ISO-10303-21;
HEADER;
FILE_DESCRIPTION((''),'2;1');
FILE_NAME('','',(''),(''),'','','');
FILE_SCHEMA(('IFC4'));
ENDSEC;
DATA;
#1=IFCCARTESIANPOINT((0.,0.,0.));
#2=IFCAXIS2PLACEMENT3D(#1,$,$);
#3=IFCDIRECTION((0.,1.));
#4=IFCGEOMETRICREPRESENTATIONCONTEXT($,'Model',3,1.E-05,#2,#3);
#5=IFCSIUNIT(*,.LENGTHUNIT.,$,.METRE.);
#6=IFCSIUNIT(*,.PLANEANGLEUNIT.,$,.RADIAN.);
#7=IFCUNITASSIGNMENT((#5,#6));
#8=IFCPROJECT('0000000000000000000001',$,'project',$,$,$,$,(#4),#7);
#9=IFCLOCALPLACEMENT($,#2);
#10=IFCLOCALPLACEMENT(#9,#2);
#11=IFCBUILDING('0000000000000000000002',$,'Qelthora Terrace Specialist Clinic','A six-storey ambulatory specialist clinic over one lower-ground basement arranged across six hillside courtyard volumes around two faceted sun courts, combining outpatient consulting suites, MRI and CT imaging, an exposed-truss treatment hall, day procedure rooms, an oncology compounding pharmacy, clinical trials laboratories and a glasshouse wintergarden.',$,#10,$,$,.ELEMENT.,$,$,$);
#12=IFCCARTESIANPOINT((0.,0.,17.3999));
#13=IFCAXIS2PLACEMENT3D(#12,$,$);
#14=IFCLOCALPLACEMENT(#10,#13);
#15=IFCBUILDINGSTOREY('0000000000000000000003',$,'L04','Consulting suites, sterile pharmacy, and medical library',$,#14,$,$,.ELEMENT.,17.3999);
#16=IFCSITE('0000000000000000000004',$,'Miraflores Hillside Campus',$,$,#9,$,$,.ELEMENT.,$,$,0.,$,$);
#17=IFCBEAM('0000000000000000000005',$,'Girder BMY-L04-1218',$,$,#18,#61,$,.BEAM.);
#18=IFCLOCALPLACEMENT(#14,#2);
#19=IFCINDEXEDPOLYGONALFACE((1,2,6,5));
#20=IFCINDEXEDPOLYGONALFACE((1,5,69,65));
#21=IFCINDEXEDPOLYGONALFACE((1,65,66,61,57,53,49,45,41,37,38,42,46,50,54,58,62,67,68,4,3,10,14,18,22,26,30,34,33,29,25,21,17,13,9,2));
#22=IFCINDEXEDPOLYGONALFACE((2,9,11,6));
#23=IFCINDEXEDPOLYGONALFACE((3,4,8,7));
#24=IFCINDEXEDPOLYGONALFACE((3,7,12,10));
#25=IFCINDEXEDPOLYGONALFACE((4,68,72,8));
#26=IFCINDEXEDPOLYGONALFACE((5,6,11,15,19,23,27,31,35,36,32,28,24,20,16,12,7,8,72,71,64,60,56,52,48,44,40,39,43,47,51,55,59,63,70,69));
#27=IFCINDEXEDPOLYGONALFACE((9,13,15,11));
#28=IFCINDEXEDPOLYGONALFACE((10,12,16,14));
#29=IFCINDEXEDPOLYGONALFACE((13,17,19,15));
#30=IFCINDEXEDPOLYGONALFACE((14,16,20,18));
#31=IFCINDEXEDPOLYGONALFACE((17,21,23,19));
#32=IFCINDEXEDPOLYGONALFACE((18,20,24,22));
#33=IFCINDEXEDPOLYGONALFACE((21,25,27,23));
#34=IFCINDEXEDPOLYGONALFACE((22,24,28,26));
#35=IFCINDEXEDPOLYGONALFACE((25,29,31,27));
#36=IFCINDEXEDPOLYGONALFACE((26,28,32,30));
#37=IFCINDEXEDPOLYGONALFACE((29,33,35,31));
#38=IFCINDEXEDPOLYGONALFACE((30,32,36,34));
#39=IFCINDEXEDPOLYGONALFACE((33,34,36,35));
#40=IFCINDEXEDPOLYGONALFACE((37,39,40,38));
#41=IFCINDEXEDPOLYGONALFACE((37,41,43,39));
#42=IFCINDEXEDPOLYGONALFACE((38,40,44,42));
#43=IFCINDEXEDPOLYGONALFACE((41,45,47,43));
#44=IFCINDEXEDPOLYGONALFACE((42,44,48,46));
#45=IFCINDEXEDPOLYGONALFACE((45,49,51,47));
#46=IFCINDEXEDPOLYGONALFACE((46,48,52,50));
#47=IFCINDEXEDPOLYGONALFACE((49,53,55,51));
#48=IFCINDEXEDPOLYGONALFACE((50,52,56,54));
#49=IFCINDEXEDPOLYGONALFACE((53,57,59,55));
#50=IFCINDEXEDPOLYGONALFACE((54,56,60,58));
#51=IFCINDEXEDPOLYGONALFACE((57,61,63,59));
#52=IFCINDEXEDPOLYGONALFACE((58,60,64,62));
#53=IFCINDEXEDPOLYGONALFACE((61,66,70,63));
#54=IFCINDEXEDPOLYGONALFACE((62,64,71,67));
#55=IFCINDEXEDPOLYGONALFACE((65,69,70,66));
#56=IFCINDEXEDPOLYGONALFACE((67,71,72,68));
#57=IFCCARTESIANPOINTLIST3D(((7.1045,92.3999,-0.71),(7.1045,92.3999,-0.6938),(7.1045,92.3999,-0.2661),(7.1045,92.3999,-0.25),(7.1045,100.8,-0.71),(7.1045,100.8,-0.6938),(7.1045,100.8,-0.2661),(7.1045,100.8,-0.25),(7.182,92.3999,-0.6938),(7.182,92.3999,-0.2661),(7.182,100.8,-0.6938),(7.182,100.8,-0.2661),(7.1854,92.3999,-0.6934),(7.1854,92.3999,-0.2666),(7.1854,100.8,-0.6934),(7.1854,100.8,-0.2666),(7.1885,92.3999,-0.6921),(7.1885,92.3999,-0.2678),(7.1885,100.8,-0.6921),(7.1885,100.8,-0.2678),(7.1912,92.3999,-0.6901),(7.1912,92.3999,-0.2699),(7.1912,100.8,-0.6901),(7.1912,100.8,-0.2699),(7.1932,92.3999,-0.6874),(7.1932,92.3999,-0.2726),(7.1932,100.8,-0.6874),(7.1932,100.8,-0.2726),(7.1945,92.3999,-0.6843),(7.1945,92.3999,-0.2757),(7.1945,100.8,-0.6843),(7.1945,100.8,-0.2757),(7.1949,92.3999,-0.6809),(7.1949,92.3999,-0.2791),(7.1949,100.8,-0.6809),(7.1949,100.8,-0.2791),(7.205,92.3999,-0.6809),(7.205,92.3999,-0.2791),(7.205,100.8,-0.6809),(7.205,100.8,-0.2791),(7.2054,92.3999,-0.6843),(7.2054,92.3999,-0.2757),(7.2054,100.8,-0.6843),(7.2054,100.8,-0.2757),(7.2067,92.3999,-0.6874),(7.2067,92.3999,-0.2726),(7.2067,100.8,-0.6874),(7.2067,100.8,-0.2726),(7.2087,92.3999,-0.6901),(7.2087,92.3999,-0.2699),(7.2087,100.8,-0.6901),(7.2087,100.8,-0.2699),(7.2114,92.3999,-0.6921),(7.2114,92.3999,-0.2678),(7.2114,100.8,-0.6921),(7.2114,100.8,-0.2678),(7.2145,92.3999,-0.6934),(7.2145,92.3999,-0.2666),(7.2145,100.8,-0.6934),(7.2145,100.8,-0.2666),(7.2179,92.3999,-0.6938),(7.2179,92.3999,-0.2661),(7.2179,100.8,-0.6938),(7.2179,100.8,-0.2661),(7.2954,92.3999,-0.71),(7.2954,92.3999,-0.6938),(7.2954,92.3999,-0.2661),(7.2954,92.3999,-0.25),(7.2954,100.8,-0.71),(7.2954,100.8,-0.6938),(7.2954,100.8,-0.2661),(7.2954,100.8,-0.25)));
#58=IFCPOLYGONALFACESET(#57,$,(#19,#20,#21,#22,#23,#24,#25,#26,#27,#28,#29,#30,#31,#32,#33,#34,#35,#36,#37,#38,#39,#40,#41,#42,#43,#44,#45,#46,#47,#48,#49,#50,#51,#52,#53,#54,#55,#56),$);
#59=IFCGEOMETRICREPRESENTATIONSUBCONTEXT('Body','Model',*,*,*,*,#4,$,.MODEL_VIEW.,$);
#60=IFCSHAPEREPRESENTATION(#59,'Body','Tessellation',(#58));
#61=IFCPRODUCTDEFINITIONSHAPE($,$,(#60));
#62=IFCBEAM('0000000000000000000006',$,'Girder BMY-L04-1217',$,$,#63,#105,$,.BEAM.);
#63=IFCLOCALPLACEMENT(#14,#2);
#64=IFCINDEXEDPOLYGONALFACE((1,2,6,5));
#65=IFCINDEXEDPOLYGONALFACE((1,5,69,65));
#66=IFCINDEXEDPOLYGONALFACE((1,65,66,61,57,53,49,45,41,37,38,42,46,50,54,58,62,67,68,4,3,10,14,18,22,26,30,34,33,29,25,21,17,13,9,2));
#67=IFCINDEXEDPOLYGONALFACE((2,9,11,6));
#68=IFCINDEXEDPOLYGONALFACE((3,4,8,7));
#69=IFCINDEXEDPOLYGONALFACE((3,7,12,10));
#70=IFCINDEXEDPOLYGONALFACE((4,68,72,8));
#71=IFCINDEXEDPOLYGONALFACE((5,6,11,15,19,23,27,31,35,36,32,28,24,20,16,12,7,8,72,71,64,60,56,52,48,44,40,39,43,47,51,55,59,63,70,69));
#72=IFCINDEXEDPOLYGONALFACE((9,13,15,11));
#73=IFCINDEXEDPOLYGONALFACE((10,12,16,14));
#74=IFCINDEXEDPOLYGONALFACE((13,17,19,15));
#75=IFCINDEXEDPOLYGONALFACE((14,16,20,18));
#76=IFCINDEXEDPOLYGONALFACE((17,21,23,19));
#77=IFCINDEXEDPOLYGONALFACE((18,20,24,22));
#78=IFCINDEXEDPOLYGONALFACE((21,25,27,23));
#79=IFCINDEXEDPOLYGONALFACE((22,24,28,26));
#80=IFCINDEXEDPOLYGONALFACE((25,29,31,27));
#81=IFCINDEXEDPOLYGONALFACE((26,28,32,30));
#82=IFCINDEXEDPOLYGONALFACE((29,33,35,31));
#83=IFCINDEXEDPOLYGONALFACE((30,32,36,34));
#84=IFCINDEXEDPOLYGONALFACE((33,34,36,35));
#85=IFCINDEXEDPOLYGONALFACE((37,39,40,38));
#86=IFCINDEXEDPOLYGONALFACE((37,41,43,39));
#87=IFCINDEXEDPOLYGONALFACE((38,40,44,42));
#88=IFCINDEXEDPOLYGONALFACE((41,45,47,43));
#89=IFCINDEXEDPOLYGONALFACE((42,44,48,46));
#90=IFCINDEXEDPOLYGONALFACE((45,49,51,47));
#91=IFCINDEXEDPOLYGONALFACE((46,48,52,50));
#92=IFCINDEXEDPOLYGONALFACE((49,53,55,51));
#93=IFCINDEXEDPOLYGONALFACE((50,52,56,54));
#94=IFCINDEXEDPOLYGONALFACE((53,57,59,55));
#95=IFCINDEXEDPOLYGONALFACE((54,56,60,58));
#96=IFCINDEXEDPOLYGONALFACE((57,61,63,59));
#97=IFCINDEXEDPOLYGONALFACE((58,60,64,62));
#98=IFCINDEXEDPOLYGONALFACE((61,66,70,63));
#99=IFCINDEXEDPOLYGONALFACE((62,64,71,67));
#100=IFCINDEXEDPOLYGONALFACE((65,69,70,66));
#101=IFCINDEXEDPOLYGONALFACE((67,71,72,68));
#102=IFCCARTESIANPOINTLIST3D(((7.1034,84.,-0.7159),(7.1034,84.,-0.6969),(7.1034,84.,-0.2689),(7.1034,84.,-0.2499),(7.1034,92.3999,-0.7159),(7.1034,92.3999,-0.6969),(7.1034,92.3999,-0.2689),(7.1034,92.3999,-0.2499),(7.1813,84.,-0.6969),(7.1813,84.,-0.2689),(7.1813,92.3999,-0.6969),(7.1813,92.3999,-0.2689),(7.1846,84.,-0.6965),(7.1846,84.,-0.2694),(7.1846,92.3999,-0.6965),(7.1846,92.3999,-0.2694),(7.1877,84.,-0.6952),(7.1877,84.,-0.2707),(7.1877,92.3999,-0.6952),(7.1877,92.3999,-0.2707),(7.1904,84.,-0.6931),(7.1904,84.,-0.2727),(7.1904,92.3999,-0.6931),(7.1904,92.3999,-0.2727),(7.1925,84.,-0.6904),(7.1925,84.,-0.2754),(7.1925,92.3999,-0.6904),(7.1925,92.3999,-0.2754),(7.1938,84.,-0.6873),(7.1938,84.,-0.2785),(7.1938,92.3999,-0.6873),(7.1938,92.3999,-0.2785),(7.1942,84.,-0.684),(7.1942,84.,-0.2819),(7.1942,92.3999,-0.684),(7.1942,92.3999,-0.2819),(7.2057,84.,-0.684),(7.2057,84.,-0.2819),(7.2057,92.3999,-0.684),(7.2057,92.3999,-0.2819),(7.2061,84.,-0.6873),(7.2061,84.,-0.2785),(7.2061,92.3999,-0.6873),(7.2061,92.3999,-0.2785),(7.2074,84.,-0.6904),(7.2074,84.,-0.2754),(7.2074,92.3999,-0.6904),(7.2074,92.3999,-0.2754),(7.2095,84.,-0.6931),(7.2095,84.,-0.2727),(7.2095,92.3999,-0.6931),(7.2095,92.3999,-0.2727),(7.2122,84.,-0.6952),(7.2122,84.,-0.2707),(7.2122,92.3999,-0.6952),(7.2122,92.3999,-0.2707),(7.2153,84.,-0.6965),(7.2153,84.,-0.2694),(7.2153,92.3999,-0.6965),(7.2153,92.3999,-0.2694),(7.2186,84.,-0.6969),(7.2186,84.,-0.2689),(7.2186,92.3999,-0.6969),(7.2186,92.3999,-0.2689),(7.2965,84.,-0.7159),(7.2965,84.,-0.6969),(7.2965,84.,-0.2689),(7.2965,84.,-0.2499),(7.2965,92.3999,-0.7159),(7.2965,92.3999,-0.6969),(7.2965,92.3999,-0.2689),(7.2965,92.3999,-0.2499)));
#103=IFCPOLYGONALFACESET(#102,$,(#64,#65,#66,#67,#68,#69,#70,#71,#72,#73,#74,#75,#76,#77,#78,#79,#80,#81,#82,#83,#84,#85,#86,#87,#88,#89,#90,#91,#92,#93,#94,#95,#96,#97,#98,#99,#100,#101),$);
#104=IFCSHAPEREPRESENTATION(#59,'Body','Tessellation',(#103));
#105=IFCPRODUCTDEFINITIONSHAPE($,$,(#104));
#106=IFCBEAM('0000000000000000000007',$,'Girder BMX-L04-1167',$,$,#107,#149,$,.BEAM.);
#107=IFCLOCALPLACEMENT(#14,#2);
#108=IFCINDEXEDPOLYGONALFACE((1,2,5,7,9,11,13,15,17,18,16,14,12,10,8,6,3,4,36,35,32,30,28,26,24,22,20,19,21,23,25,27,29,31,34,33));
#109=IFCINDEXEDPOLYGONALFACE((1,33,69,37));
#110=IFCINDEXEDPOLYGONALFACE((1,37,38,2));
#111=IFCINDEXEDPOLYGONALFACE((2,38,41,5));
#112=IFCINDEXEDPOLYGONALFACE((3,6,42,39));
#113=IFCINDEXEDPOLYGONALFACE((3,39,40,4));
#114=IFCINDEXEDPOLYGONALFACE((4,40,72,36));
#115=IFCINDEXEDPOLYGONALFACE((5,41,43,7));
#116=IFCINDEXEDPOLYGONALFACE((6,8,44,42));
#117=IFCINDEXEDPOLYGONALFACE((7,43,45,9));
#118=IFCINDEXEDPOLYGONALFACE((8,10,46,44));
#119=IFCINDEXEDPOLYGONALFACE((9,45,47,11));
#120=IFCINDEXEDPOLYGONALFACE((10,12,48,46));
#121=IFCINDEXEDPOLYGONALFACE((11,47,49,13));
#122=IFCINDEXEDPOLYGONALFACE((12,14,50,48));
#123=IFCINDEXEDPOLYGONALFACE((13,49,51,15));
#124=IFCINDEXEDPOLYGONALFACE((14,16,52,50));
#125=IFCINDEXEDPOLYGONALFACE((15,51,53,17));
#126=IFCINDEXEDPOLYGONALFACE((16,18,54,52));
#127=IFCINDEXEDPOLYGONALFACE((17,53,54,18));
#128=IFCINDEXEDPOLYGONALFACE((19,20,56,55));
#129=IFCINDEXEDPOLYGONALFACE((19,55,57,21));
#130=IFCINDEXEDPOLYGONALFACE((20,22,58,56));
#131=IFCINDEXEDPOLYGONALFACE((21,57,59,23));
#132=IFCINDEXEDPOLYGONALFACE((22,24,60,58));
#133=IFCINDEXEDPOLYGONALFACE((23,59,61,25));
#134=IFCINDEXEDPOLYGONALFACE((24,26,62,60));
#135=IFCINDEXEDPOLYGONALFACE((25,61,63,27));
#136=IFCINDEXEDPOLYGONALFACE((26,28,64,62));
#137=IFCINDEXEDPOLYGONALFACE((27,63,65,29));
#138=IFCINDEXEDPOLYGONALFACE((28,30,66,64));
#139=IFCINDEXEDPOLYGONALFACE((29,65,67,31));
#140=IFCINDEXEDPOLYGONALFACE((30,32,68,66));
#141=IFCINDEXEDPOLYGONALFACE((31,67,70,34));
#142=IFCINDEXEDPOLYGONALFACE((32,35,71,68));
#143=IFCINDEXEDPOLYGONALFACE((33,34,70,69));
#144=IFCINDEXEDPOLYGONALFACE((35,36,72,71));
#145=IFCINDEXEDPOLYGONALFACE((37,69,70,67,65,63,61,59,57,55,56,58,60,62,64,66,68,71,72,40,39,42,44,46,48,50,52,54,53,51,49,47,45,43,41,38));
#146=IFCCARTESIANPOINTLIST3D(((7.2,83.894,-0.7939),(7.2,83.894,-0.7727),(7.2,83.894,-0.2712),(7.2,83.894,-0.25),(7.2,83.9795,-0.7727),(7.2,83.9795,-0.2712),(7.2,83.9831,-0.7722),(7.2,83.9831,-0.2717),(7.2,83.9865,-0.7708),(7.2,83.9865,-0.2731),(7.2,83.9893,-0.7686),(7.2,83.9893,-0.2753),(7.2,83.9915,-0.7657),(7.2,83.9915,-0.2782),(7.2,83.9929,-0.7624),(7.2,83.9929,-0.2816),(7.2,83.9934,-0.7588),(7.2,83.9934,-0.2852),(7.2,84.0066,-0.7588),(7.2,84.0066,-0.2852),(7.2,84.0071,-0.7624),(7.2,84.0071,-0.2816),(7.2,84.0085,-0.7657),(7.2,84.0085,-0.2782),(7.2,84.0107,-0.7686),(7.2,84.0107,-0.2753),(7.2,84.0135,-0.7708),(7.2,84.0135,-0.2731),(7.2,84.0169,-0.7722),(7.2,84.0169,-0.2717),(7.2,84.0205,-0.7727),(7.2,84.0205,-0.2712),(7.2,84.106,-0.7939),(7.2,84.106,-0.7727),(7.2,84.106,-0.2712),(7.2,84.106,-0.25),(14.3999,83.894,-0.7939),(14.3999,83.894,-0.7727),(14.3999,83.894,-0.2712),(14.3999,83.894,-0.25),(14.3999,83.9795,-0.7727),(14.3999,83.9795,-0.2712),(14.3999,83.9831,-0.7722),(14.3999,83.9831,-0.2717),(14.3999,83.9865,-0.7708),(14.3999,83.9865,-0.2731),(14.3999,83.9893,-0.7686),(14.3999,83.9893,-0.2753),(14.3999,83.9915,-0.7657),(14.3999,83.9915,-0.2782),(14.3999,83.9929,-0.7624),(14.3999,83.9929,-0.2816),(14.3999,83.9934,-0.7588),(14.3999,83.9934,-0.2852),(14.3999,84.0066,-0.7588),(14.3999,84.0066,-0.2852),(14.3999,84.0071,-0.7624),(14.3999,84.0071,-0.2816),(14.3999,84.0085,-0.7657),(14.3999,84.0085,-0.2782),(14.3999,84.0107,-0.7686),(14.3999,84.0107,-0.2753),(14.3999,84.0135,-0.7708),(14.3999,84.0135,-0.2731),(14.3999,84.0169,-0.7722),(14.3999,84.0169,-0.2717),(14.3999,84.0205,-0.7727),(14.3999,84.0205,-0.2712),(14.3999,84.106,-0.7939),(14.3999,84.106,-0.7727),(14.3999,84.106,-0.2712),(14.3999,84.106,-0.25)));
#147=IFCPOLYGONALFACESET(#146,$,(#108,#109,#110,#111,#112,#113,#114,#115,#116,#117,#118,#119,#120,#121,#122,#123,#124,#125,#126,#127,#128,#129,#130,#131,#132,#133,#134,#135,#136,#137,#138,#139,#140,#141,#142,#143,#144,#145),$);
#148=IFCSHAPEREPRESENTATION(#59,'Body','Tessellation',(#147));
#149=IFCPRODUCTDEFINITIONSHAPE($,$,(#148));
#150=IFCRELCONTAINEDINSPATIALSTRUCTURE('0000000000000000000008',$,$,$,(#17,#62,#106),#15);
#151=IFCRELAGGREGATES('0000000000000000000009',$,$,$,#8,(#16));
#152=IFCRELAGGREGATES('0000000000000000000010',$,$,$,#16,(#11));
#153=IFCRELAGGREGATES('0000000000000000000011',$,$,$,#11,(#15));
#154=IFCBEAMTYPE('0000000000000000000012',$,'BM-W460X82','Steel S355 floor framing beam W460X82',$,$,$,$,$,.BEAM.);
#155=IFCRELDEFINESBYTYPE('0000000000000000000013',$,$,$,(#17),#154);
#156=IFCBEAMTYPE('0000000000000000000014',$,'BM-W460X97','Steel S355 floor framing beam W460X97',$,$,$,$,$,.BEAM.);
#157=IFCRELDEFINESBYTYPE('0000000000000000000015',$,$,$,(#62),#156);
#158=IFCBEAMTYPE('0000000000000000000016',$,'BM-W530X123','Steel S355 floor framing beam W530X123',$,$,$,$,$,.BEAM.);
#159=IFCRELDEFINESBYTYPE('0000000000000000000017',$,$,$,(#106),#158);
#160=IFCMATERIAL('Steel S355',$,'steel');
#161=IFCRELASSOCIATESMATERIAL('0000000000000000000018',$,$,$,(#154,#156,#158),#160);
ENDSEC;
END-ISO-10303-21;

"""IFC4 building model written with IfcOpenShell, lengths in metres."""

from ifc_helpers import new_model, si_unit, direction, frame, origin, origin_2d, place, context, subcontext, project, spatial, i_section, extrude, material, material_profile, profile_set, type_object, element, save


model = new_model("IFC4")

# Units and contexts
model_context = context("Model", 3, precision=1e-05, world=origin(), true_north=direction((0.0, 1.0)))
body_context = subcontext(model_context, "Body", "Model", "MODEL_VIEW")
ifc_project = project(units=[si_unit("LENGTHUNIT", "METRE"), si_unit("PLANEANGLEUNIT", "RADIAN")], contexts=[model_context])

# Site, building, storey
site_placement = place(None, origin())
site = spatial("IfcSite", under=ifc_project, at=site_placement, Name="Miraflores Hillside Campus", CompositionType="ELEMENT", RefElevation=0.0)
building_placement = place(site_placement, origin())
building = spatial("IfcBuilding", under=site, at=building_placement, Name="Qelthora Terrace Specialist Clinic", Description="A six-storey ambulatory specialist clinic over one lower-ground basement arranged across six hillside courtyard volumes around two faceted sun courts, combining outpatient consulting suites, MRI and CT imaging, an exposed-truss treatment hall, day procedure rooms, an oncology compounding pharmacy, clinical trials laboratories and a glasshouse wintergarden.", CompositionType="ELEMENT")
storey_placement = place(building_placement, frame((0.0, 0.0, 17.3999)))
storey = spatial("IfcBuildingStorey", under=building, at=storey_placement, Name="L04", Description="Consulting suites, sterile pharmacy, and medical library", CompositionType="ELEMENT", Elevation=17.3999)

# Shared definitions
ifc_material_1 = material(Name="Steel S355", Category="steel")

# Beams
ifc_material_profile_1 = material_profile(ifc_material_1, i_section(OverallWidth=0.1909, OverallDepth=0.46, WebThickness=0.01, FlangeThickness=0.0161, FilletRadius=0.0129, at=origin_2d()), Name="W460X82")
ifc_profile_set_1 = profile_set([ifc_material_profile_1], Name="Steel S355")
beam_type_1 = type_object("IfcBeamType", Name="BM-W460X82", Description="Steel S355 floor framing beam W460X82", PredefinedType="BEAM", material=ifc_profile_set_1)
beam_1_placement = place(storey_placement, frame((7.2, 92.3999, -0.48), z_axis=(0.0, 1.0, 0.0), x_axis=(-1.0, 0.0, 0.0)))
element("IfcBeam", 1, at=beam_1_placement, inside=storey, type_object=beam_type_1, Name="Girder BMY-L04-1218", PredefinedType="BEAM", context=body_context, shape_type="SweptSolid", body=[
    extrude(i_section(OverallWidth=0.1909, OverallDepth=0.46, WebThickness=0.01, FlangeThickness=0.0161, FilletRadius=0.0129, at=origin_2d()), origin(), (0.0, 0.0, 1.0), 8.4001),
])
ifc_material_profile_2 = material_profile(ifc_material_1, i_section(OverallWidth=0.1931, OverallDepth=0.4661, WebThickness=0.0115, FlangeThickness=0.019, FilletRadius=0.0129, at=origin_2d()), Name="W460X97")
ifc_profile_set_2 = profile_set([ifc_material_profile_2], Name="Steel S355")
beam_type_2 = type_object("IfcBeamType", Name="BM-W460X97", Description="Steel S355 floor framing beam W460X97", PredefinedType="BEAM", material=ifc_profile_set_2)
beam_2_placement = place(storey_placement, frame((7.2, 84.0, -0.4829), z_axis=(0.0, 1.0, 0.0), x_axis=(-1.0, 0.0, 0.0)))
element("IfcBeam", 2, at=beam_2_placement, inside=storey, type_object=beam_type_2, Name="Girder BMY-L04-1217", PredefinedType="BEAM", context=body_context, shape_type="SweptSolid", body=[
    extrude(i_section(OverallWidth=0.1931, OverallDepth=0.4661, WebThickness=0.0115, FlangeThickness=0.019, FilletRadius=0.0129, at=origin_2d()), origin(), (0.0, 0.0, 1.0), 8.3999),
])
ifc_material_profile_3 = material_profile(ifc_material_1, i_section(OverallWidth=0.2119, OverallDepth=0.5439, WebThickness=0.0132, FlangeThickness=0.0212, FilletRadius=0.0139, at=origin_2d()), Name="W530X123")
ifc_profile_set_3 = profile_set([ifc_material_profile_3], Name="Steel S355")
beam_type_3 = type_object("IfcBeamType", Name="BM-W530X123", Description="Steel S355 floor framing beam W530X123", PredefinedType="BEAM", material=ifc_profile_set_3)
beam_3_placement = place(storey_placement, frame((7.2, 84.0, -0.522), z_axis=(1.0, 0.0, 0.0), x_axis=(0.0, 1.0, 0.0)))
element("IfcBeam", 3, at=beam_3_placement, inside=storey, type_object=beam_type_3, Name="Girder BMX-L04-1167", PredefinedType="BEAM", context=body_context, shape_type="SweptSolid", body=[
    extrude(i_section(OverallWidth=0.2119, OverallDepth=0.5439, WebThickness=0.0132, FlangeThickness=0.0212, FilletRadius=0.0139, at=origin_2d()), origin(), (0.0, 0.0, 1.0), 7.2),
])

save(model, "model.ifc")
